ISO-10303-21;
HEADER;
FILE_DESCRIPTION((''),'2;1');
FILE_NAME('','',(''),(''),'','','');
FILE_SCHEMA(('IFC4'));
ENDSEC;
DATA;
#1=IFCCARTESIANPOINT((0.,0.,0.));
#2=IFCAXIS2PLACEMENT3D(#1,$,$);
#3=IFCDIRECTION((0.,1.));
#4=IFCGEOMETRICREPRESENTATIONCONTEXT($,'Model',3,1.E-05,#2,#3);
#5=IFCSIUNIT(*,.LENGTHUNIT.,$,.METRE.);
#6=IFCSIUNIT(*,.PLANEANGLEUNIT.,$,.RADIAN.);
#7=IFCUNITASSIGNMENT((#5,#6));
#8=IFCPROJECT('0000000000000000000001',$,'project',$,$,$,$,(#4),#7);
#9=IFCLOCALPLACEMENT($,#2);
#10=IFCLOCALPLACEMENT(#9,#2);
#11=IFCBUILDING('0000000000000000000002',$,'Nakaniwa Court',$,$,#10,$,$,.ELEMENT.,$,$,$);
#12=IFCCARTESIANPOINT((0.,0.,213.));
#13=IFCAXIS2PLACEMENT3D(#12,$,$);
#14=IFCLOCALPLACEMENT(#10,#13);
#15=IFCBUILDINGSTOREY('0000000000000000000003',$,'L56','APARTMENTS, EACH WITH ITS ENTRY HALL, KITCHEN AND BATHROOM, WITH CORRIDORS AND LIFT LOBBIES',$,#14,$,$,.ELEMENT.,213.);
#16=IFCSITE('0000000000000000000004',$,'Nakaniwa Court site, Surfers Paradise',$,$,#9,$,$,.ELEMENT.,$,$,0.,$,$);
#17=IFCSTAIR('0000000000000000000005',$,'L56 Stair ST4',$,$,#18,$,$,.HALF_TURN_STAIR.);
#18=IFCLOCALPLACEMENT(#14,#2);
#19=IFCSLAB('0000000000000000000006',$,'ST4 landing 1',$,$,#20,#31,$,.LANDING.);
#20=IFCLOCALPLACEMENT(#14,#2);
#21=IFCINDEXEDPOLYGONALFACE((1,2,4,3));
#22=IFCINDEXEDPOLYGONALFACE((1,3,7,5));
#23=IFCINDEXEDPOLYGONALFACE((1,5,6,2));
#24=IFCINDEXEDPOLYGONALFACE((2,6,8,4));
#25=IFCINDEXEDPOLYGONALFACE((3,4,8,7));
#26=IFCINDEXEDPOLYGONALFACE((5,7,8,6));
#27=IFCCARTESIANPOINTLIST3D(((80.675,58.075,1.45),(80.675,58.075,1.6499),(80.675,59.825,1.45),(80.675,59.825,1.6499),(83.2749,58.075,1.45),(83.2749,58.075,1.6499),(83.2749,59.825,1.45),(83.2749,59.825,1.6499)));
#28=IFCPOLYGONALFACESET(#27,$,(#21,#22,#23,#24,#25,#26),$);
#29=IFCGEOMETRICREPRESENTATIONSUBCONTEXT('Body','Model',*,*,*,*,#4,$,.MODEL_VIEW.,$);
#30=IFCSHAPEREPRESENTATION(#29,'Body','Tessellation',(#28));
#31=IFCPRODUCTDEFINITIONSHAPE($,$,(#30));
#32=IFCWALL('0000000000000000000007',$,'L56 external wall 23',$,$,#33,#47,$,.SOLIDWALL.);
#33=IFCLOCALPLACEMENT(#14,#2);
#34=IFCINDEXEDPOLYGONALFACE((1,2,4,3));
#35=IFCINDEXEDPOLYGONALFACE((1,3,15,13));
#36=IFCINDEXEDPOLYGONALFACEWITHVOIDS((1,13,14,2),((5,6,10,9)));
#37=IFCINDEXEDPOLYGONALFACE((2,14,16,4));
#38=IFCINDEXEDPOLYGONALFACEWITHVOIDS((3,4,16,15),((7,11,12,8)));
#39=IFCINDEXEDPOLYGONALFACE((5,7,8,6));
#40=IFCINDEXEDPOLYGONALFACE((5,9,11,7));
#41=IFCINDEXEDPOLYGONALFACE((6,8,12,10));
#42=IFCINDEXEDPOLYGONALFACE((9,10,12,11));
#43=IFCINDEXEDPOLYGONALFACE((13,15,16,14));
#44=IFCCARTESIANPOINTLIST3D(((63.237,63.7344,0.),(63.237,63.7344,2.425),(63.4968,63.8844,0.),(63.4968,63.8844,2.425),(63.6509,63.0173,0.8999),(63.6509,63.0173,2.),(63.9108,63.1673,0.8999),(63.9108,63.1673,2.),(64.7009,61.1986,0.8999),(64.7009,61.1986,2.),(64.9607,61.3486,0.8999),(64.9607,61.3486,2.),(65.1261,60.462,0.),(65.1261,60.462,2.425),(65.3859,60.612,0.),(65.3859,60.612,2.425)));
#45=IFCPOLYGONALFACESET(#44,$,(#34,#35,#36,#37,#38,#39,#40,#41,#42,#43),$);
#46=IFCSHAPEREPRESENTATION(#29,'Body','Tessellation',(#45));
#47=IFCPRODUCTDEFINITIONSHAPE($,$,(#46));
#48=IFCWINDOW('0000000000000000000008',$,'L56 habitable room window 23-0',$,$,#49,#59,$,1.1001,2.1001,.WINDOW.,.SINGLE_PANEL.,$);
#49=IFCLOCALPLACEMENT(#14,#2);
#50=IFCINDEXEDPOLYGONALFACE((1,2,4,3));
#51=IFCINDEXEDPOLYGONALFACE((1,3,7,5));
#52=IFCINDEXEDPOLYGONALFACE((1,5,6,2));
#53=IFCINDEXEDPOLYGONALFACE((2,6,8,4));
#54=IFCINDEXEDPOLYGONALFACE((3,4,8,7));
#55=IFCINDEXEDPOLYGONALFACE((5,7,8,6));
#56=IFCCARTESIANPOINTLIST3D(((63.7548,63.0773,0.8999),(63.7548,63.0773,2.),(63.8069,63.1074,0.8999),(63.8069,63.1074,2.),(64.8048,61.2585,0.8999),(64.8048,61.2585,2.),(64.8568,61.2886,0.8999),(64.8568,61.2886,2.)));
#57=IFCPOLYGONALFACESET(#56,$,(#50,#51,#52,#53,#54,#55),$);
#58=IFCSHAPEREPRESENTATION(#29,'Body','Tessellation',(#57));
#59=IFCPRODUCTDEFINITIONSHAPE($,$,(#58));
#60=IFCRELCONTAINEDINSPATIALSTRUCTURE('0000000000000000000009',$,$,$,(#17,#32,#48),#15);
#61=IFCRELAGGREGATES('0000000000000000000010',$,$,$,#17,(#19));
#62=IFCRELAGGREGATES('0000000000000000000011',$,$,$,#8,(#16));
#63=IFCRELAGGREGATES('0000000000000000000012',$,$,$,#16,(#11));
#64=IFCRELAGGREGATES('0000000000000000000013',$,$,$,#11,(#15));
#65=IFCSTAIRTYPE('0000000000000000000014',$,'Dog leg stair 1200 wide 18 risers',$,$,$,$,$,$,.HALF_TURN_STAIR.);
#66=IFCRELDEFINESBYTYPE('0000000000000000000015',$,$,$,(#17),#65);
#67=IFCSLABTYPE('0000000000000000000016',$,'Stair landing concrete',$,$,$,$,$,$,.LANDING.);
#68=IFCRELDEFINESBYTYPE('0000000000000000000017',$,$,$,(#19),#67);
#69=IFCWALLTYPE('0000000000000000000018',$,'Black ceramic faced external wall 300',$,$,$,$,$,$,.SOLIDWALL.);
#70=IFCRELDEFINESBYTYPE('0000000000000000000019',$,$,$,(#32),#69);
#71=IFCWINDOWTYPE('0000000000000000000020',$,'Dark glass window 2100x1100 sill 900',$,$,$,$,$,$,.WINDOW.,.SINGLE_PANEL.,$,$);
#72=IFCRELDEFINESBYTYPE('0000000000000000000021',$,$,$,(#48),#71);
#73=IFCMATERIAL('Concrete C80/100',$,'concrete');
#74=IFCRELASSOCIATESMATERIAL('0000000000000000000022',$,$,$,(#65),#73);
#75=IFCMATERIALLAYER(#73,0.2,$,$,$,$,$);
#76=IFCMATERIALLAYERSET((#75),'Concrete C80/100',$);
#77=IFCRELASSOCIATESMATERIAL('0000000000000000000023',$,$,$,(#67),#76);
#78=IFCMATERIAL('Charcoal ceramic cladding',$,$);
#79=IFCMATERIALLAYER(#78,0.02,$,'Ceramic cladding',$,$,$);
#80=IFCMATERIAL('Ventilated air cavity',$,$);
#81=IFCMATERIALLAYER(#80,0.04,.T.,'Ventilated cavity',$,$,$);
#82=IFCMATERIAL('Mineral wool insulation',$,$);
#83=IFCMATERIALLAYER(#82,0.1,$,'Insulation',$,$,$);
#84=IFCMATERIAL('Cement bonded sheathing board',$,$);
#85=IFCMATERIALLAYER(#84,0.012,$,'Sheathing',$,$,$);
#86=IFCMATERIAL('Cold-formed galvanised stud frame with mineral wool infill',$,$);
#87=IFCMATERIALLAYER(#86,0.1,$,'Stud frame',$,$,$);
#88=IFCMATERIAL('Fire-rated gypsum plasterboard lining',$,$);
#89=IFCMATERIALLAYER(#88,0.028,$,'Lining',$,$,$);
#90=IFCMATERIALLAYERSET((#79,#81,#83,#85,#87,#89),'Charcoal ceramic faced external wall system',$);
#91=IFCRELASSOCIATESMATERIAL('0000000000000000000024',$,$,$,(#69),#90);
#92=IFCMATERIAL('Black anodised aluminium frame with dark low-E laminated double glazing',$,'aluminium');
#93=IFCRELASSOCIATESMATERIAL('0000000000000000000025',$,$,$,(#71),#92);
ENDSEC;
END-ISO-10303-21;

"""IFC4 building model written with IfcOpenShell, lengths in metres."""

from ifc_helpers import new_model, si_unit, direction, frame, frame_2d, origin, place, context, subcontext, project, spatial, polyline, rectangle, outline, extrude, material, layer, layer_set, type_object, element, fill, aggregate, save


model = new_model("IFC4")

# Units and contexts
model_context = context("Model", 3, precision=1e-05, world=origin(), true_north=direction((0.0, 1.0)))
body_context = subcontext(model_context, "Body", "Model", "MODEL_VIEW")
ifc_project = project(units=[si_unit("LENGTHUNIT", "METRE"), si_unit("PLANEANGLEUNIT", "RADIAN")], contexts=[model_context])

# Site, building, storey
site_placement = place(None, origin())
site = spatial("IfcSite", under=ifc_project, at=site_placement, Name="Nakaniwa Court site, Surfers Paradise", CompositionType="ELEMENT", RefElevation=0.0)
building_placement = place(site_placement, origin())
building = spatial("IfcBuilding", under=site, at=building_placement, Name="Nakaniwa Court", CompositionType="ELEMENT")
storey_placement = place(building_placement, frame((0.0, 0.0, 213.0)))
storey = spatial("IfcBuildingStorey", under=building, at=storey_placement, Name="L56", Description="APARTMENTS, EACH WITH ITS ENTRY HALL, KITCHEN AND BATHROOM, WITH CORRIDORS AND LIFT LOBBIES", CompositionType="ELEMENT", Elevation=213.0)

# Shared definitions
ifc_material_1 = material(Name="Concrete C80/100", Category="concrete")

# Stair, slab
stair_type = type_object("IfcStairType", Name="Dog leg stair 1200 wide 18 risers", PredefinedType="HALF_TURN_STAIR", material=ifc_material_1)
ifc_layer_1 = layer(ifc_material_1, 0.2)
ifc_layer_set_1 = layer_set([ifc_layer_1], Name="Concrete C80/100")
slab_type_1 = type_object("IfcSlabType", Name="Stair landing concrete", PredefinedType="LANDING", material=ifc_layer_set_1)
stair_1_placement = place(storey_placement, origin())
stair_1 = element("IfcStair", 1, at=stair_1_placement, inside=storey, type_object=stair_type, Name="L56 Stair ST4", PredefinedType="HALF_TURN_STAIR")
slab_1_placement = place(storey_placement, frame((0.0, 0.0, 1.45)))
slab_1 = element("IfcSlab", 2, at=slab_1_placement, type_object=slab_type_1, Name="ST4 landing 1", PredefinedType="LANDING", context=body_context, shape_type="SweptSolid", body=[
    extrude(outline(polyline([(83.2749, 58.075), (83.2749, 59.825), (80.675, 59.825), (80.675, 58.075), (83.2749, 58.075)])), origin(), (0.0, 0.0, 1.0), 0.2),
])
aggregate(stair_1, [slab_1])

# Wall, opening, window
ifc_material_2 = material(Name="Charcoal ceramic cladding")
ifc_layer_2 = layer(ifc_material_2, 0.02, Name="Ceramic cladding")
ifc_material_3 = material(Name="Ventilated air cavity")
ifc_layer_3 = layer(ifc_material_3, 0.04, ventilated=True, Name="Ventilated cavity")
ifc_material_4 = material(Name="Mineral wool insulation")
ifc_layer_4 = layer(ifc_material_4, 0.1, Name="Insulation")
ifc_material_5 = material(Name="Cement bonded sheathing board")
ifc_layer_5 = layer(ifc_material_5, 0.012, Name="Sheathing")
ifc_material_6 = material(Name="Cold-formed galvanised stud frame with mineral wool infill")
ifc_layer_6 = layer(ifc_material_6, 0.1, Name="Stud frame")
ifc_material_7 = material(Name="Fire-rated gypsum plasterboard lining")
ifc_layer_7 = layer(ifc_material_7, 0.028, Name="Lining")
ifc_layer_set_2 = layer_set([ifc_layer_2, ifc_layer_3, ifc_layer_4, ifc_layer_5, ifc_layer_6, ifc_layer_7], Name="Charcoal ceramic faced external wall system")
wall_type = type_object("IfcWallType", Name="Black ceramic faced external wall 300", PredefinedType="SOLIDWALL", material=ifc_layer_set_2)
wall_placement = place(storey_placement, frame((63.3669, 63.8093, 0.0), z_axis=(0.0, 0.0, 1.0), x_axis=(0.499961, -0.866048, 0.0)))
wall = element("IfcWall", 3, at=wall_placement, inside=storey, type_object=wall_type, Name="L56 external wall 23", PredefinedType="SOLIDWALL", context=body_context, shape_type="SweptSolid", body=[
    extrude(rectangle(XDim=3.7786, YDim=0.3, at=frame_2d((1.8892, 0.0))), origin(), (0.0, 0.0, 1.0), 2.425),
])
opening_placement = place(wall_placement, frame((0.8279, 0.0, 0.8999)))
opening = element("IfcOpeningElement", 4, at=opening_placement, cuts=wall, PredefinedType="OPENING", context=body_context, shape_type="SweptSolid", body=[
    extrude(rectangle(XDim=2.1001, YDim=1.1001, at=frame_2d((1.05, 0.55))), frame((0.0, 0.1599, 0.0), z_axis=(0.0, -1.0, 0.0), x_axis=(1.0, 0.0, 0.0)), (0.0, 0.0, 1.0), 0.3201),
])
ifc_material_8 = material(Name="Black anodised aluminium frame with dark low-E laminated double glazing", Category="aluminium")
window_type = type_object("IfcWindowType", Name="Dark glass window 2100x1100 sill 900", PartitioningType="SINGLE_PANEL", PredefinedType="WINDOW", material=ifc_material_8)
window_placement = place(opening_placement, origin())
window = element("IfcWindow", 5, at=window_placement, inside=storey, type_object=window_type, Name="L56 habitable room window 23-0", OverallHeight=1.1001, OverallWidth=2.1001, PartitioningType="SINGLE_PANEL", PredefinedType="WINDOW", context=body_context, shape_type="SweptSolid", body=[
    extrude(rectangle(XDim=2.1001, YDim=1.1001, at=frame_2d((1.05, 0.55))), frame((0.0, 0.03, 0.0), z_axis=(0.0, -1.0, 0.0), x_axis=(1.0, 0.0, 0.0)), (0.0, 0.0, 1.0), 0.0601),
])
fill(opening, window)

save(model, "model.ifc")
